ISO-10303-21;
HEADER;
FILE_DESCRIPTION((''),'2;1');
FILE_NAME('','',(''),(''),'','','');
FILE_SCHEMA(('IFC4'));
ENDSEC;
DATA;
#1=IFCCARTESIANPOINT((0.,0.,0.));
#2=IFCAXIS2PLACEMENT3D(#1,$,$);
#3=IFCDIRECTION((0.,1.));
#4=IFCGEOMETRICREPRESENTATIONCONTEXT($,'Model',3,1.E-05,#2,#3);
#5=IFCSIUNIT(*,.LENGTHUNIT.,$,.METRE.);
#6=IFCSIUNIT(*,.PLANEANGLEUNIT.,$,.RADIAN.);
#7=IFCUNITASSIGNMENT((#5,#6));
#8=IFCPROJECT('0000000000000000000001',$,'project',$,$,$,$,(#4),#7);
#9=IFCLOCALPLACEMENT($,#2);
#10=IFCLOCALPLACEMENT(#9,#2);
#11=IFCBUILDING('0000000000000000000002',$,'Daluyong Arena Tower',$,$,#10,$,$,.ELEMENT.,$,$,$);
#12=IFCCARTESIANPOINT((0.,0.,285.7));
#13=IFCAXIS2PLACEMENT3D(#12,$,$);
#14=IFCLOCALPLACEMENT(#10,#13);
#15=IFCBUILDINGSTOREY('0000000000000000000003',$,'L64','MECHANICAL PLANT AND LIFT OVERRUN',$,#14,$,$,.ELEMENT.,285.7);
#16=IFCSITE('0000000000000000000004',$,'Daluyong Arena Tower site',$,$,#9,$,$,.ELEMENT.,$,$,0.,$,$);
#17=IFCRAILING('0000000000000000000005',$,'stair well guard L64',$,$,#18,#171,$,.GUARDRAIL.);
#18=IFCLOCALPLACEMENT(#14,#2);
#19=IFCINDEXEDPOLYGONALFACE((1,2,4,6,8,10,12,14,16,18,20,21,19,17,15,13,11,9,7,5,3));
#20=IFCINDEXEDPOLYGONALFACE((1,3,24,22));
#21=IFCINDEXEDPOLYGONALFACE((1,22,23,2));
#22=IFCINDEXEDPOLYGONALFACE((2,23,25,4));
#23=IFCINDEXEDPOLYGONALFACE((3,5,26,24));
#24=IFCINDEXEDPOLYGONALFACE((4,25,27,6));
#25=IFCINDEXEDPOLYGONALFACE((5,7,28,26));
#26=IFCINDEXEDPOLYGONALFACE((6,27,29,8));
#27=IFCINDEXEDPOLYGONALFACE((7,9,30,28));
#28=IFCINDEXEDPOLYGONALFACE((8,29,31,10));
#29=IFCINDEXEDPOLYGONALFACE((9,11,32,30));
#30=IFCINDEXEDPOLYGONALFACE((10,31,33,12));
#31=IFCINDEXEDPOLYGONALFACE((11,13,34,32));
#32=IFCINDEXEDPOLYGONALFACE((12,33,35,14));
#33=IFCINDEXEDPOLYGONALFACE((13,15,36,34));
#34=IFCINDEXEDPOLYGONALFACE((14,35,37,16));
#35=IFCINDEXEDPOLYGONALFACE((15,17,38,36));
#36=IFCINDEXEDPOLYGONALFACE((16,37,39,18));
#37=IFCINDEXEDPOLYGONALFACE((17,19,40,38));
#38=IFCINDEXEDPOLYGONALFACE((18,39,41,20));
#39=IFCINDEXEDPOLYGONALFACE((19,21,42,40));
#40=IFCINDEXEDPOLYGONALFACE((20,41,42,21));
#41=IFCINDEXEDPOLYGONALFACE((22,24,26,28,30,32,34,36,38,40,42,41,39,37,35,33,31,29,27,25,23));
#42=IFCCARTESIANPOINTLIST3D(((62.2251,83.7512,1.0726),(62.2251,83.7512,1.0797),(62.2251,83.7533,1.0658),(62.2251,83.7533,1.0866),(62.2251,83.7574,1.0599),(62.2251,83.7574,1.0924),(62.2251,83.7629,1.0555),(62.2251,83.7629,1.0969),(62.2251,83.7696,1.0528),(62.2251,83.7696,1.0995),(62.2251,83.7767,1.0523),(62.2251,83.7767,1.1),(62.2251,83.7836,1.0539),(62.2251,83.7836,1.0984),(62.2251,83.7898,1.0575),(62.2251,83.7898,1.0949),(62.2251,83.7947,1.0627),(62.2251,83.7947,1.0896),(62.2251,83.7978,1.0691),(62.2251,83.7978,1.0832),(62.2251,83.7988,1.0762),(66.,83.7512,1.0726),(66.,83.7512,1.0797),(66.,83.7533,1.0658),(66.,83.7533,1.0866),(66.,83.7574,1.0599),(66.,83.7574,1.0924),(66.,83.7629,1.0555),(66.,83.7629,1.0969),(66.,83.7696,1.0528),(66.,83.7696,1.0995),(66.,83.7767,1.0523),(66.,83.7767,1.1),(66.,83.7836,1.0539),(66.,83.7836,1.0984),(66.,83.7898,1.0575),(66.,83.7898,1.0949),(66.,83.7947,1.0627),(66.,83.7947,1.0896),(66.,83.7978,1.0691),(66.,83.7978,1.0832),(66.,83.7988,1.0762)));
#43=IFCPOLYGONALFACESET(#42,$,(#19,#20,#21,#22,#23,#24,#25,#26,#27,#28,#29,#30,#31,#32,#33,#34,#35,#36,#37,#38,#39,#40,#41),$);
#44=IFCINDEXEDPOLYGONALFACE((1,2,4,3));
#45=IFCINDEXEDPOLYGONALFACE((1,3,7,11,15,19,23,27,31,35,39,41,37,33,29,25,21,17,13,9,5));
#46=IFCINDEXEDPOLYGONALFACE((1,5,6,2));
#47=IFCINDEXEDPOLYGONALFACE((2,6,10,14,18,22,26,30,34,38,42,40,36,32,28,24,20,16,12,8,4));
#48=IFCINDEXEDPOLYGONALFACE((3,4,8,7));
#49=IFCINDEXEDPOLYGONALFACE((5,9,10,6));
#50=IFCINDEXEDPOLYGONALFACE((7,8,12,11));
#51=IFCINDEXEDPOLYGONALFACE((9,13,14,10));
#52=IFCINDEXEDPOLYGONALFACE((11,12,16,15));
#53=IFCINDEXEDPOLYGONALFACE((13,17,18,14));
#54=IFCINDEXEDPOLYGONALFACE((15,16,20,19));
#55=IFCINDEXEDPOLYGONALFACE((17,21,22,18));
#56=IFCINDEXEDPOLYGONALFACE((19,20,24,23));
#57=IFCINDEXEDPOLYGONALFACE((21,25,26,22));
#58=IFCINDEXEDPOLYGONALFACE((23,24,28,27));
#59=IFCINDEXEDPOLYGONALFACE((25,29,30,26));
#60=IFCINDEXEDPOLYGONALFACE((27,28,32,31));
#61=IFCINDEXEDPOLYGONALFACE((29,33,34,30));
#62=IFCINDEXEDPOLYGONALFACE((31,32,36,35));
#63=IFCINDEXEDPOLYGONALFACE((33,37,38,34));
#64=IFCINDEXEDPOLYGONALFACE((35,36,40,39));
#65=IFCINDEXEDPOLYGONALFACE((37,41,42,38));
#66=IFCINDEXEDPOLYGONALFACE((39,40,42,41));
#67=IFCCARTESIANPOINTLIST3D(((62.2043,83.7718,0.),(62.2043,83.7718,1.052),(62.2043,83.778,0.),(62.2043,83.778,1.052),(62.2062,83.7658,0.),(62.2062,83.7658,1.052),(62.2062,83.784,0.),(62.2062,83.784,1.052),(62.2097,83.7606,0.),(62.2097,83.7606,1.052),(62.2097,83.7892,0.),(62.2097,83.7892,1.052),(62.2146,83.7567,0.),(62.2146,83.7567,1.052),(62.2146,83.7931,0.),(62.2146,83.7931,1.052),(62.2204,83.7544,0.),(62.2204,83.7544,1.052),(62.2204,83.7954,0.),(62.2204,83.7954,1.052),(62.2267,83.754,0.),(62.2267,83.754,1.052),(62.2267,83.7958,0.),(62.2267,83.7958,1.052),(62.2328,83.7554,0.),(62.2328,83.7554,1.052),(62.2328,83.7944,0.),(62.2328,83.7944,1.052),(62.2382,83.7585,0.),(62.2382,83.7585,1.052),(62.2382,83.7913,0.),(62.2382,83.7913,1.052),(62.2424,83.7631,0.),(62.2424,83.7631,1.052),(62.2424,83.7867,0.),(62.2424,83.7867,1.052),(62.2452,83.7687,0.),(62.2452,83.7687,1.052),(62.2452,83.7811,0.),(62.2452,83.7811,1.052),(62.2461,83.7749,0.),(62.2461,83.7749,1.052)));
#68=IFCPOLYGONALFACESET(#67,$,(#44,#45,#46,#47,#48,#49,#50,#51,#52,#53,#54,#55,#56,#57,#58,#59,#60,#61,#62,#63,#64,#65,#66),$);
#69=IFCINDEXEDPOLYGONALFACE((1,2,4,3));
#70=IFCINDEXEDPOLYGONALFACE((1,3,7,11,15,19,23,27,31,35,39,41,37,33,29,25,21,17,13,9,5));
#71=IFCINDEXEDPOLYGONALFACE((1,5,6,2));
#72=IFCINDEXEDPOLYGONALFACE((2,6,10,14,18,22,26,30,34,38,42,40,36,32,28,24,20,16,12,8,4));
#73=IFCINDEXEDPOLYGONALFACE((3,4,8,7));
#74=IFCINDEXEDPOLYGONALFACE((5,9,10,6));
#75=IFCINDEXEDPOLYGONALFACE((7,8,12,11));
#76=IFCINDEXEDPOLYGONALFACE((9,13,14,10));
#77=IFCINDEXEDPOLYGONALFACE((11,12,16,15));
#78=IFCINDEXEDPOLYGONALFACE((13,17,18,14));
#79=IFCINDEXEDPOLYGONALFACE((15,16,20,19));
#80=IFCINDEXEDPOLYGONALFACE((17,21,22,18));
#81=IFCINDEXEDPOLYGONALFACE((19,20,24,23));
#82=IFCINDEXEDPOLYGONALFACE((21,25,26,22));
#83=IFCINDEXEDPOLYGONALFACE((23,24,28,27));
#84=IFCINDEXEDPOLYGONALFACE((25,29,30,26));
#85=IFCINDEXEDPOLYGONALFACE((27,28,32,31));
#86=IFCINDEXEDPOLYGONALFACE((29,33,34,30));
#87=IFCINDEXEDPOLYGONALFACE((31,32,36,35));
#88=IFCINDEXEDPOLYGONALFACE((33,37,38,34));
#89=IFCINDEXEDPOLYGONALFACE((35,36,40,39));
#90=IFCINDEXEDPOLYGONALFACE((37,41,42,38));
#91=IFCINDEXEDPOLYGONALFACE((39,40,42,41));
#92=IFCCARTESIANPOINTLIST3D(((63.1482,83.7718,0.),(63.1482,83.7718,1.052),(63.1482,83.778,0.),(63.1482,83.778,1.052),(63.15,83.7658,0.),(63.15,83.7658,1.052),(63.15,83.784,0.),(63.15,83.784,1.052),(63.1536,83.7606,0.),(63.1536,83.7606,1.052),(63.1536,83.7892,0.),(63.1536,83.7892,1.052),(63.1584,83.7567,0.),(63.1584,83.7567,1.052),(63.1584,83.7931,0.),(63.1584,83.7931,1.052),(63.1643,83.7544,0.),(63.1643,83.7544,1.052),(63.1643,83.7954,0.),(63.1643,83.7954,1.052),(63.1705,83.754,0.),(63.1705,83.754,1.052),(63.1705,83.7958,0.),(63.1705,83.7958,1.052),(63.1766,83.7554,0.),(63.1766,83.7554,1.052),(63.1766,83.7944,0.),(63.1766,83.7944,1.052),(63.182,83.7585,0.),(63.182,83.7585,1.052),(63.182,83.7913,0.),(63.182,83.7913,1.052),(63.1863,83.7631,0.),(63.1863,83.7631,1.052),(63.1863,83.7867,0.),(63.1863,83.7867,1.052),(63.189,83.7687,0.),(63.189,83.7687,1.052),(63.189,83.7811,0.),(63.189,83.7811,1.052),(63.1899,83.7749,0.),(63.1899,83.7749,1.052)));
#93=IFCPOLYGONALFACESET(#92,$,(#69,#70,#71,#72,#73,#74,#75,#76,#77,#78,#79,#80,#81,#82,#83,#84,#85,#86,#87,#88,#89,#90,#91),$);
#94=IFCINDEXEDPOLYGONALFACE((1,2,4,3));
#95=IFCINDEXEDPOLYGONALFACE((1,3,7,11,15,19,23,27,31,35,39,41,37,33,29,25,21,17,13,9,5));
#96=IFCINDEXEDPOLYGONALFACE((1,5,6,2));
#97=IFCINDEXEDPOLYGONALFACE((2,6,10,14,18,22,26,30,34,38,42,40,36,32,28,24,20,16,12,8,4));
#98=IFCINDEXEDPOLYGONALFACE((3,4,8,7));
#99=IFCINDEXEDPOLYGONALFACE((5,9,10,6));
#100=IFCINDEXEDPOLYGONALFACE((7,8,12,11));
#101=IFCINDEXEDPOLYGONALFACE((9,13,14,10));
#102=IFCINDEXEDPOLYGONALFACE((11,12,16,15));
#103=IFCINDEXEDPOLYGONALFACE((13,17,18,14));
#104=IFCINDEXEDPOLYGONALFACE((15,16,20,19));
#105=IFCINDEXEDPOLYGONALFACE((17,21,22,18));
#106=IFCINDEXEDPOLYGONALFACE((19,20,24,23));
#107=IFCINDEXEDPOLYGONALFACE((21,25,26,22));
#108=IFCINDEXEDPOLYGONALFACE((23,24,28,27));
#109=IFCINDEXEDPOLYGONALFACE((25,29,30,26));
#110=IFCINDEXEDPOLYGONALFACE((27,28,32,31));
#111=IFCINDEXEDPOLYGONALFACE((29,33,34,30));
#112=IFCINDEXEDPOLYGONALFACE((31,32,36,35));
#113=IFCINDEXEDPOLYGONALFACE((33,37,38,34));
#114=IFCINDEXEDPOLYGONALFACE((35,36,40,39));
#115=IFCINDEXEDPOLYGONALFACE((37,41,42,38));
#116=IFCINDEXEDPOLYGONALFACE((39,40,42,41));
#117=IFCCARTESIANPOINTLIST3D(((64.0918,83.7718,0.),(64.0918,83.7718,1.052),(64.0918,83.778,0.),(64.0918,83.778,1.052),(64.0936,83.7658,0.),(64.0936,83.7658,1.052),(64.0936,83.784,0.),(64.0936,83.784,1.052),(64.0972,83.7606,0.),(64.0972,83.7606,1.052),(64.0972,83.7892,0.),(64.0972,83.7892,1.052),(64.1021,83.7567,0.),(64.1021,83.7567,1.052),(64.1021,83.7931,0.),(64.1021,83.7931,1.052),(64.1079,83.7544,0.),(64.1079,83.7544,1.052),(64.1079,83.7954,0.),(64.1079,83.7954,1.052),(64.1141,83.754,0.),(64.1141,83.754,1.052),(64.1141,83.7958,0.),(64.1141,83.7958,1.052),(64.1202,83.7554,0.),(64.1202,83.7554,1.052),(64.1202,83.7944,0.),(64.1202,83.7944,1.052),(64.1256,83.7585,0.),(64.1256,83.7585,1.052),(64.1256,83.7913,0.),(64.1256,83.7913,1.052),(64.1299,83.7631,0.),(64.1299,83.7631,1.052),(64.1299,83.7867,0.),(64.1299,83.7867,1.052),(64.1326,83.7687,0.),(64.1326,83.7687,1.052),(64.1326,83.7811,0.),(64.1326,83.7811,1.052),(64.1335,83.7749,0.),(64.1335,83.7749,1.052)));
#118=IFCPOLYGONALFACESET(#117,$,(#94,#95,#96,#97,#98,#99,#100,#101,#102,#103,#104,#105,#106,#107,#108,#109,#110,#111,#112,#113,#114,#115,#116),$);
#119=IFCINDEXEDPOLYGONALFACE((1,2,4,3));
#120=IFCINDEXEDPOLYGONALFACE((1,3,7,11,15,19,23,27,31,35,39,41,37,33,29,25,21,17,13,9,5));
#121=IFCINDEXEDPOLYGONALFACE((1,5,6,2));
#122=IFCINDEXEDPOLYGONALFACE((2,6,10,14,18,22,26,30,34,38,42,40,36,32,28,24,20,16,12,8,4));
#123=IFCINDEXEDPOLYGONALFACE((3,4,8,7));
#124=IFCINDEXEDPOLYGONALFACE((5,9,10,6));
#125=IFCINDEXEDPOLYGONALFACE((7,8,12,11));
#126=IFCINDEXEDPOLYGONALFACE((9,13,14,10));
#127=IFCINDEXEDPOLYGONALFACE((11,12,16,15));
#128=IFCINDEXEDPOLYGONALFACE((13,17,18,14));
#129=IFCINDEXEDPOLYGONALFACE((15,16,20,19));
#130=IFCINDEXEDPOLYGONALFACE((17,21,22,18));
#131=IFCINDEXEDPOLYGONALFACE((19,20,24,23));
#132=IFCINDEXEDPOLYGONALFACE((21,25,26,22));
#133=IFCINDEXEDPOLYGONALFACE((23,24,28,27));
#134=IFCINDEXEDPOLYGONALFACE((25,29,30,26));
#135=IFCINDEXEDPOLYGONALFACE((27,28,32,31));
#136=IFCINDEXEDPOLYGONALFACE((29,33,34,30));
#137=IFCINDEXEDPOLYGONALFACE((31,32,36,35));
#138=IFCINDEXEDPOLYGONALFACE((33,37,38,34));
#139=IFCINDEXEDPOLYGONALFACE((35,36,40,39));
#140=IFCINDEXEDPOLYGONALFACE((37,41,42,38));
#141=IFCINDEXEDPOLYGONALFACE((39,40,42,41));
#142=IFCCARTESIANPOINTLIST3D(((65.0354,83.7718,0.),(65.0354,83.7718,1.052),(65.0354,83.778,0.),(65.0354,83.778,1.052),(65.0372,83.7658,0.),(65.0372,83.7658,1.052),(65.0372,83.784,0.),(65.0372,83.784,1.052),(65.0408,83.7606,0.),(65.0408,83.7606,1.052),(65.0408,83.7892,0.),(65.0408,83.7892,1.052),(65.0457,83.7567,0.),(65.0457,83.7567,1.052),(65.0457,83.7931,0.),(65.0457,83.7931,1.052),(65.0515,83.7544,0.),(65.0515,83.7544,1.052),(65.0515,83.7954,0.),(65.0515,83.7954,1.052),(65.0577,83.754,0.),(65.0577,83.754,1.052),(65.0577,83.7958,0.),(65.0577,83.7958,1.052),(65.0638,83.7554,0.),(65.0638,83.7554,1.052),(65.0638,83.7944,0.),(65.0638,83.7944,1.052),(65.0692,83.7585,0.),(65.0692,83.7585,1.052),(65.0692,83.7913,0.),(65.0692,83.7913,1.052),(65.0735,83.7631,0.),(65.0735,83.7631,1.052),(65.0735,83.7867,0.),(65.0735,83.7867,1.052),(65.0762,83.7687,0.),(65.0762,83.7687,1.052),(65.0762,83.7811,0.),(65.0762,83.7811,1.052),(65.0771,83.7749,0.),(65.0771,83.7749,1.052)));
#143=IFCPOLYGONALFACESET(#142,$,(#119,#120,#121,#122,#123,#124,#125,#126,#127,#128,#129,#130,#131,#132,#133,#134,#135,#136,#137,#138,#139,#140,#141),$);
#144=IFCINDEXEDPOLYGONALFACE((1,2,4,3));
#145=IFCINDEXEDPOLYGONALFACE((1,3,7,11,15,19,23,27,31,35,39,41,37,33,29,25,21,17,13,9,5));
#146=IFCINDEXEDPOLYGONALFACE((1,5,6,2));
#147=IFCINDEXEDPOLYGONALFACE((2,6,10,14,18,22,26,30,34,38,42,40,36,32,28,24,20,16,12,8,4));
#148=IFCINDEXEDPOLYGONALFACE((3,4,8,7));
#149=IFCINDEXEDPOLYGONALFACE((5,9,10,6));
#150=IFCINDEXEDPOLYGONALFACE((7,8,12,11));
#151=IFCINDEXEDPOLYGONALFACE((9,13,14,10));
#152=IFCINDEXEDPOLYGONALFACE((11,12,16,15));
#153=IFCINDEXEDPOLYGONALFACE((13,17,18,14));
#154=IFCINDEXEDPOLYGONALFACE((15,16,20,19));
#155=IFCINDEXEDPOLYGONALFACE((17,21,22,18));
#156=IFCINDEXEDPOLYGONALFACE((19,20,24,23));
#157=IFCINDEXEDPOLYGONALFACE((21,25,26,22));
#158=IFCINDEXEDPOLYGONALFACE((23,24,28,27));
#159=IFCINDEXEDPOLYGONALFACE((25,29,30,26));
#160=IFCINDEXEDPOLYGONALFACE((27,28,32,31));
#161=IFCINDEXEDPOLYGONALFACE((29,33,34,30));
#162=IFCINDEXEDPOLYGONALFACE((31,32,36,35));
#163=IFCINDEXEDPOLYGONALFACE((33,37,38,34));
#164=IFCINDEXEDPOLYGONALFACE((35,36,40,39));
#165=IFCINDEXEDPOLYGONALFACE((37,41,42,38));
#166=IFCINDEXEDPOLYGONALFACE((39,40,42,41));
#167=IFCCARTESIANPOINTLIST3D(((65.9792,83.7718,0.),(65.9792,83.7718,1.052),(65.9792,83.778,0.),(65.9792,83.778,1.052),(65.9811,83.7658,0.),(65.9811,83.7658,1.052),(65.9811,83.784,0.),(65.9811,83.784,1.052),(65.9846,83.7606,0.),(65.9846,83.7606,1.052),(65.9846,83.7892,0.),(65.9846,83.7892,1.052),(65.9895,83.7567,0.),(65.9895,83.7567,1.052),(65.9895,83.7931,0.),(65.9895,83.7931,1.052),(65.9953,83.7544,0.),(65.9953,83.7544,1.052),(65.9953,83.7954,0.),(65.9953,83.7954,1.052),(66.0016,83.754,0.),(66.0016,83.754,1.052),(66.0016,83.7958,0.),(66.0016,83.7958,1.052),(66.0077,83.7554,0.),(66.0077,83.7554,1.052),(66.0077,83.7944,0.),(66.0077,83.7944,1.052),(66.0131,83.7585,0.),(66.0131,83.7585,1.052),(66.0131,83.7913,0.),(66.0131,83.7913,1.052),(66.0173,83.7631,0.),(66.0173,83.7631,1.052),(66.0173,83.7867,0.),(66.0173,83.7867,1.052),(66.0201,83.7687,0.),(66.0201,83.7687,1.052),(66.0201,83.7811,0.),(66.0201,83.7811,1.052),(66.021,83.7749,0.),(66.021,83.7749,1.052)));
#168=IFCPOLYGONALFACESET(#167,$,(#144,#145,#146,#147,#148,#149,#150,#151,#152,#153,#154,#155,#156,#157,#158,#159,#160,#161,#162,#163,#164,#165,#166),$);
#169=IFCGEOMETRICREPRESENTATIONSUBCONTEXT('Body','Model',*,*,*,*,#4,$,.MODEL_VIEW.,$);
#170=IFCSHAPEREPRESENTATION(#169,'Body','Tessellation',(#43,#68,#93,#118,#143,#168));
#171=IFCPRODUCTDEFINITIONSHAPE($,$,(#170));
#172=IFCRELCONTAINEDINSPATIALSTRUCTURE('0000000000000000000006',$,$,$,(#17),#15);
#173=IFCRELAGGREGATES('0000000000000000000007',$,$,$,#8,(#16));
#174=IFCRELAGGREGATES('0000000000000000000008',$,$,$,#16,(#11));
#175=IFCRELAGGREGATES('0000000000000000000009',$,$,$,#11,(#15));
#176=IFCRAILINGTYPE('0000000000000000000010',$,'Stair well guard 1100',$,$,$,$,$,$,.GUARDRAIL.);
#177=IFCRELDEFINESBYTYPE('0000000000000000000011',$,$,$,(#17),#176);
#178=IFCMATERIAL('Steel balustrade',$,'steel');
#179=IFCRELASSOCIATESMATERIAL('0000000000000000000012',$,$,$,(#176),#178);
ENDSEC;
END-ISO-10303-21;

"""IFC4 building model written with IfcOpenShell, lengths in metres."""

from ifc_helpers import new_model, si_unit, direction, frame, origin, origin_2d, place, context, subcontext, project, spatial, circle, extrude, material, type_object, element, save


model = new_model("IFC4")

# Units and contexts
model_context = context("Model", 3, precision=1e-05, world=origin(), true_north=direction((0.0, 1.0)))
body_context = subcontext(model_context, "Body", "Model", "MODEL_VIEW")
ifc_project = project(units=[si_unit("LENGTHUNIT", "METRE"), si_unit("PLANEANGLEUNIT", "RADIAN")], contexts=[model_context])

# Site, building, storey
site_placement = place(None, origin())
site = spatial("IfcSite", under=ifc_project, at=site_placement, Name="Daluyong Arena Tower site", CompositionType="ELEMENT", RefElevation=0.0)
building_placement = place(site_placement, origin())
building = spatial("IfcBuilding", under=site, at=building_placement, Name="Daluyong Arena Tower", CompositionType="ELEMENT")
storey_placement = place(building_placement, frame((0.0, 0.0, 285.7)))
storey = spatial("IfcBuildingStorey", under=building, at=storey_placement, Name="L64", Description="MECHANICAL PLANT AND LIFT OVERRUN", CompositionType="ELEMENT", Elevation=285.7)

# Railing
ifc_material_1 = material(Name="Steel balustrade", Category="steel")
railing_type = type_object("IfcRailingType", Name="Stair well guard 1100", PredefinedType="GUARDRAIL", material=ifc_material_1)
railing_placement = place(storey_placement, frame((62.2251, 83.7749, 0.0)))
element("IfcRailing", 1, at=railing_placement, inside=storey, type_object=railing_type, Name="stair well guard L64", PredefinedType="GUARDRAIL", context=body_context, shape_type="SweptSolid", body=[
    extrude(circle(Radius=0.0239, at=origin_2d()), frame((0.0, 0.0, 1.0762), z_axis=(1.0, 0.0, 0.0), x_axis=(0.0, 1.0, 0.0)), (0.0, 0.0, 1.0), 3.7749),
    extrude(circle(Radius=0.021, at=origin_2d()), origin(), (0.0, 0.0, 1.0), 1.052),
    extrude(circle(Radius=0.021, at=origin_2d()), frame((0.9438, 0.0, 0.0)), (0.0, 0.0, 1.0), 1.052),
    extrude(circle(Radius=0.021, at=origin_2d()), frame((1.8875, 0.0, 0.0)), (0.0, 0.0, 1.0), 1.052),
    extrude(circle(Radius=0.021, at=origin_2d()), frame((2.8311, 0.0, 0.0)), (0.0, 0.0, 1.0), 1.052),
    extrude(circle(Radius=0.021, at=origin_2d()), frame((3.7749, 0.0, 0.0)), (0.0, 0.0, 1.0), 1.052),
])

save(model, "model.ifc")
